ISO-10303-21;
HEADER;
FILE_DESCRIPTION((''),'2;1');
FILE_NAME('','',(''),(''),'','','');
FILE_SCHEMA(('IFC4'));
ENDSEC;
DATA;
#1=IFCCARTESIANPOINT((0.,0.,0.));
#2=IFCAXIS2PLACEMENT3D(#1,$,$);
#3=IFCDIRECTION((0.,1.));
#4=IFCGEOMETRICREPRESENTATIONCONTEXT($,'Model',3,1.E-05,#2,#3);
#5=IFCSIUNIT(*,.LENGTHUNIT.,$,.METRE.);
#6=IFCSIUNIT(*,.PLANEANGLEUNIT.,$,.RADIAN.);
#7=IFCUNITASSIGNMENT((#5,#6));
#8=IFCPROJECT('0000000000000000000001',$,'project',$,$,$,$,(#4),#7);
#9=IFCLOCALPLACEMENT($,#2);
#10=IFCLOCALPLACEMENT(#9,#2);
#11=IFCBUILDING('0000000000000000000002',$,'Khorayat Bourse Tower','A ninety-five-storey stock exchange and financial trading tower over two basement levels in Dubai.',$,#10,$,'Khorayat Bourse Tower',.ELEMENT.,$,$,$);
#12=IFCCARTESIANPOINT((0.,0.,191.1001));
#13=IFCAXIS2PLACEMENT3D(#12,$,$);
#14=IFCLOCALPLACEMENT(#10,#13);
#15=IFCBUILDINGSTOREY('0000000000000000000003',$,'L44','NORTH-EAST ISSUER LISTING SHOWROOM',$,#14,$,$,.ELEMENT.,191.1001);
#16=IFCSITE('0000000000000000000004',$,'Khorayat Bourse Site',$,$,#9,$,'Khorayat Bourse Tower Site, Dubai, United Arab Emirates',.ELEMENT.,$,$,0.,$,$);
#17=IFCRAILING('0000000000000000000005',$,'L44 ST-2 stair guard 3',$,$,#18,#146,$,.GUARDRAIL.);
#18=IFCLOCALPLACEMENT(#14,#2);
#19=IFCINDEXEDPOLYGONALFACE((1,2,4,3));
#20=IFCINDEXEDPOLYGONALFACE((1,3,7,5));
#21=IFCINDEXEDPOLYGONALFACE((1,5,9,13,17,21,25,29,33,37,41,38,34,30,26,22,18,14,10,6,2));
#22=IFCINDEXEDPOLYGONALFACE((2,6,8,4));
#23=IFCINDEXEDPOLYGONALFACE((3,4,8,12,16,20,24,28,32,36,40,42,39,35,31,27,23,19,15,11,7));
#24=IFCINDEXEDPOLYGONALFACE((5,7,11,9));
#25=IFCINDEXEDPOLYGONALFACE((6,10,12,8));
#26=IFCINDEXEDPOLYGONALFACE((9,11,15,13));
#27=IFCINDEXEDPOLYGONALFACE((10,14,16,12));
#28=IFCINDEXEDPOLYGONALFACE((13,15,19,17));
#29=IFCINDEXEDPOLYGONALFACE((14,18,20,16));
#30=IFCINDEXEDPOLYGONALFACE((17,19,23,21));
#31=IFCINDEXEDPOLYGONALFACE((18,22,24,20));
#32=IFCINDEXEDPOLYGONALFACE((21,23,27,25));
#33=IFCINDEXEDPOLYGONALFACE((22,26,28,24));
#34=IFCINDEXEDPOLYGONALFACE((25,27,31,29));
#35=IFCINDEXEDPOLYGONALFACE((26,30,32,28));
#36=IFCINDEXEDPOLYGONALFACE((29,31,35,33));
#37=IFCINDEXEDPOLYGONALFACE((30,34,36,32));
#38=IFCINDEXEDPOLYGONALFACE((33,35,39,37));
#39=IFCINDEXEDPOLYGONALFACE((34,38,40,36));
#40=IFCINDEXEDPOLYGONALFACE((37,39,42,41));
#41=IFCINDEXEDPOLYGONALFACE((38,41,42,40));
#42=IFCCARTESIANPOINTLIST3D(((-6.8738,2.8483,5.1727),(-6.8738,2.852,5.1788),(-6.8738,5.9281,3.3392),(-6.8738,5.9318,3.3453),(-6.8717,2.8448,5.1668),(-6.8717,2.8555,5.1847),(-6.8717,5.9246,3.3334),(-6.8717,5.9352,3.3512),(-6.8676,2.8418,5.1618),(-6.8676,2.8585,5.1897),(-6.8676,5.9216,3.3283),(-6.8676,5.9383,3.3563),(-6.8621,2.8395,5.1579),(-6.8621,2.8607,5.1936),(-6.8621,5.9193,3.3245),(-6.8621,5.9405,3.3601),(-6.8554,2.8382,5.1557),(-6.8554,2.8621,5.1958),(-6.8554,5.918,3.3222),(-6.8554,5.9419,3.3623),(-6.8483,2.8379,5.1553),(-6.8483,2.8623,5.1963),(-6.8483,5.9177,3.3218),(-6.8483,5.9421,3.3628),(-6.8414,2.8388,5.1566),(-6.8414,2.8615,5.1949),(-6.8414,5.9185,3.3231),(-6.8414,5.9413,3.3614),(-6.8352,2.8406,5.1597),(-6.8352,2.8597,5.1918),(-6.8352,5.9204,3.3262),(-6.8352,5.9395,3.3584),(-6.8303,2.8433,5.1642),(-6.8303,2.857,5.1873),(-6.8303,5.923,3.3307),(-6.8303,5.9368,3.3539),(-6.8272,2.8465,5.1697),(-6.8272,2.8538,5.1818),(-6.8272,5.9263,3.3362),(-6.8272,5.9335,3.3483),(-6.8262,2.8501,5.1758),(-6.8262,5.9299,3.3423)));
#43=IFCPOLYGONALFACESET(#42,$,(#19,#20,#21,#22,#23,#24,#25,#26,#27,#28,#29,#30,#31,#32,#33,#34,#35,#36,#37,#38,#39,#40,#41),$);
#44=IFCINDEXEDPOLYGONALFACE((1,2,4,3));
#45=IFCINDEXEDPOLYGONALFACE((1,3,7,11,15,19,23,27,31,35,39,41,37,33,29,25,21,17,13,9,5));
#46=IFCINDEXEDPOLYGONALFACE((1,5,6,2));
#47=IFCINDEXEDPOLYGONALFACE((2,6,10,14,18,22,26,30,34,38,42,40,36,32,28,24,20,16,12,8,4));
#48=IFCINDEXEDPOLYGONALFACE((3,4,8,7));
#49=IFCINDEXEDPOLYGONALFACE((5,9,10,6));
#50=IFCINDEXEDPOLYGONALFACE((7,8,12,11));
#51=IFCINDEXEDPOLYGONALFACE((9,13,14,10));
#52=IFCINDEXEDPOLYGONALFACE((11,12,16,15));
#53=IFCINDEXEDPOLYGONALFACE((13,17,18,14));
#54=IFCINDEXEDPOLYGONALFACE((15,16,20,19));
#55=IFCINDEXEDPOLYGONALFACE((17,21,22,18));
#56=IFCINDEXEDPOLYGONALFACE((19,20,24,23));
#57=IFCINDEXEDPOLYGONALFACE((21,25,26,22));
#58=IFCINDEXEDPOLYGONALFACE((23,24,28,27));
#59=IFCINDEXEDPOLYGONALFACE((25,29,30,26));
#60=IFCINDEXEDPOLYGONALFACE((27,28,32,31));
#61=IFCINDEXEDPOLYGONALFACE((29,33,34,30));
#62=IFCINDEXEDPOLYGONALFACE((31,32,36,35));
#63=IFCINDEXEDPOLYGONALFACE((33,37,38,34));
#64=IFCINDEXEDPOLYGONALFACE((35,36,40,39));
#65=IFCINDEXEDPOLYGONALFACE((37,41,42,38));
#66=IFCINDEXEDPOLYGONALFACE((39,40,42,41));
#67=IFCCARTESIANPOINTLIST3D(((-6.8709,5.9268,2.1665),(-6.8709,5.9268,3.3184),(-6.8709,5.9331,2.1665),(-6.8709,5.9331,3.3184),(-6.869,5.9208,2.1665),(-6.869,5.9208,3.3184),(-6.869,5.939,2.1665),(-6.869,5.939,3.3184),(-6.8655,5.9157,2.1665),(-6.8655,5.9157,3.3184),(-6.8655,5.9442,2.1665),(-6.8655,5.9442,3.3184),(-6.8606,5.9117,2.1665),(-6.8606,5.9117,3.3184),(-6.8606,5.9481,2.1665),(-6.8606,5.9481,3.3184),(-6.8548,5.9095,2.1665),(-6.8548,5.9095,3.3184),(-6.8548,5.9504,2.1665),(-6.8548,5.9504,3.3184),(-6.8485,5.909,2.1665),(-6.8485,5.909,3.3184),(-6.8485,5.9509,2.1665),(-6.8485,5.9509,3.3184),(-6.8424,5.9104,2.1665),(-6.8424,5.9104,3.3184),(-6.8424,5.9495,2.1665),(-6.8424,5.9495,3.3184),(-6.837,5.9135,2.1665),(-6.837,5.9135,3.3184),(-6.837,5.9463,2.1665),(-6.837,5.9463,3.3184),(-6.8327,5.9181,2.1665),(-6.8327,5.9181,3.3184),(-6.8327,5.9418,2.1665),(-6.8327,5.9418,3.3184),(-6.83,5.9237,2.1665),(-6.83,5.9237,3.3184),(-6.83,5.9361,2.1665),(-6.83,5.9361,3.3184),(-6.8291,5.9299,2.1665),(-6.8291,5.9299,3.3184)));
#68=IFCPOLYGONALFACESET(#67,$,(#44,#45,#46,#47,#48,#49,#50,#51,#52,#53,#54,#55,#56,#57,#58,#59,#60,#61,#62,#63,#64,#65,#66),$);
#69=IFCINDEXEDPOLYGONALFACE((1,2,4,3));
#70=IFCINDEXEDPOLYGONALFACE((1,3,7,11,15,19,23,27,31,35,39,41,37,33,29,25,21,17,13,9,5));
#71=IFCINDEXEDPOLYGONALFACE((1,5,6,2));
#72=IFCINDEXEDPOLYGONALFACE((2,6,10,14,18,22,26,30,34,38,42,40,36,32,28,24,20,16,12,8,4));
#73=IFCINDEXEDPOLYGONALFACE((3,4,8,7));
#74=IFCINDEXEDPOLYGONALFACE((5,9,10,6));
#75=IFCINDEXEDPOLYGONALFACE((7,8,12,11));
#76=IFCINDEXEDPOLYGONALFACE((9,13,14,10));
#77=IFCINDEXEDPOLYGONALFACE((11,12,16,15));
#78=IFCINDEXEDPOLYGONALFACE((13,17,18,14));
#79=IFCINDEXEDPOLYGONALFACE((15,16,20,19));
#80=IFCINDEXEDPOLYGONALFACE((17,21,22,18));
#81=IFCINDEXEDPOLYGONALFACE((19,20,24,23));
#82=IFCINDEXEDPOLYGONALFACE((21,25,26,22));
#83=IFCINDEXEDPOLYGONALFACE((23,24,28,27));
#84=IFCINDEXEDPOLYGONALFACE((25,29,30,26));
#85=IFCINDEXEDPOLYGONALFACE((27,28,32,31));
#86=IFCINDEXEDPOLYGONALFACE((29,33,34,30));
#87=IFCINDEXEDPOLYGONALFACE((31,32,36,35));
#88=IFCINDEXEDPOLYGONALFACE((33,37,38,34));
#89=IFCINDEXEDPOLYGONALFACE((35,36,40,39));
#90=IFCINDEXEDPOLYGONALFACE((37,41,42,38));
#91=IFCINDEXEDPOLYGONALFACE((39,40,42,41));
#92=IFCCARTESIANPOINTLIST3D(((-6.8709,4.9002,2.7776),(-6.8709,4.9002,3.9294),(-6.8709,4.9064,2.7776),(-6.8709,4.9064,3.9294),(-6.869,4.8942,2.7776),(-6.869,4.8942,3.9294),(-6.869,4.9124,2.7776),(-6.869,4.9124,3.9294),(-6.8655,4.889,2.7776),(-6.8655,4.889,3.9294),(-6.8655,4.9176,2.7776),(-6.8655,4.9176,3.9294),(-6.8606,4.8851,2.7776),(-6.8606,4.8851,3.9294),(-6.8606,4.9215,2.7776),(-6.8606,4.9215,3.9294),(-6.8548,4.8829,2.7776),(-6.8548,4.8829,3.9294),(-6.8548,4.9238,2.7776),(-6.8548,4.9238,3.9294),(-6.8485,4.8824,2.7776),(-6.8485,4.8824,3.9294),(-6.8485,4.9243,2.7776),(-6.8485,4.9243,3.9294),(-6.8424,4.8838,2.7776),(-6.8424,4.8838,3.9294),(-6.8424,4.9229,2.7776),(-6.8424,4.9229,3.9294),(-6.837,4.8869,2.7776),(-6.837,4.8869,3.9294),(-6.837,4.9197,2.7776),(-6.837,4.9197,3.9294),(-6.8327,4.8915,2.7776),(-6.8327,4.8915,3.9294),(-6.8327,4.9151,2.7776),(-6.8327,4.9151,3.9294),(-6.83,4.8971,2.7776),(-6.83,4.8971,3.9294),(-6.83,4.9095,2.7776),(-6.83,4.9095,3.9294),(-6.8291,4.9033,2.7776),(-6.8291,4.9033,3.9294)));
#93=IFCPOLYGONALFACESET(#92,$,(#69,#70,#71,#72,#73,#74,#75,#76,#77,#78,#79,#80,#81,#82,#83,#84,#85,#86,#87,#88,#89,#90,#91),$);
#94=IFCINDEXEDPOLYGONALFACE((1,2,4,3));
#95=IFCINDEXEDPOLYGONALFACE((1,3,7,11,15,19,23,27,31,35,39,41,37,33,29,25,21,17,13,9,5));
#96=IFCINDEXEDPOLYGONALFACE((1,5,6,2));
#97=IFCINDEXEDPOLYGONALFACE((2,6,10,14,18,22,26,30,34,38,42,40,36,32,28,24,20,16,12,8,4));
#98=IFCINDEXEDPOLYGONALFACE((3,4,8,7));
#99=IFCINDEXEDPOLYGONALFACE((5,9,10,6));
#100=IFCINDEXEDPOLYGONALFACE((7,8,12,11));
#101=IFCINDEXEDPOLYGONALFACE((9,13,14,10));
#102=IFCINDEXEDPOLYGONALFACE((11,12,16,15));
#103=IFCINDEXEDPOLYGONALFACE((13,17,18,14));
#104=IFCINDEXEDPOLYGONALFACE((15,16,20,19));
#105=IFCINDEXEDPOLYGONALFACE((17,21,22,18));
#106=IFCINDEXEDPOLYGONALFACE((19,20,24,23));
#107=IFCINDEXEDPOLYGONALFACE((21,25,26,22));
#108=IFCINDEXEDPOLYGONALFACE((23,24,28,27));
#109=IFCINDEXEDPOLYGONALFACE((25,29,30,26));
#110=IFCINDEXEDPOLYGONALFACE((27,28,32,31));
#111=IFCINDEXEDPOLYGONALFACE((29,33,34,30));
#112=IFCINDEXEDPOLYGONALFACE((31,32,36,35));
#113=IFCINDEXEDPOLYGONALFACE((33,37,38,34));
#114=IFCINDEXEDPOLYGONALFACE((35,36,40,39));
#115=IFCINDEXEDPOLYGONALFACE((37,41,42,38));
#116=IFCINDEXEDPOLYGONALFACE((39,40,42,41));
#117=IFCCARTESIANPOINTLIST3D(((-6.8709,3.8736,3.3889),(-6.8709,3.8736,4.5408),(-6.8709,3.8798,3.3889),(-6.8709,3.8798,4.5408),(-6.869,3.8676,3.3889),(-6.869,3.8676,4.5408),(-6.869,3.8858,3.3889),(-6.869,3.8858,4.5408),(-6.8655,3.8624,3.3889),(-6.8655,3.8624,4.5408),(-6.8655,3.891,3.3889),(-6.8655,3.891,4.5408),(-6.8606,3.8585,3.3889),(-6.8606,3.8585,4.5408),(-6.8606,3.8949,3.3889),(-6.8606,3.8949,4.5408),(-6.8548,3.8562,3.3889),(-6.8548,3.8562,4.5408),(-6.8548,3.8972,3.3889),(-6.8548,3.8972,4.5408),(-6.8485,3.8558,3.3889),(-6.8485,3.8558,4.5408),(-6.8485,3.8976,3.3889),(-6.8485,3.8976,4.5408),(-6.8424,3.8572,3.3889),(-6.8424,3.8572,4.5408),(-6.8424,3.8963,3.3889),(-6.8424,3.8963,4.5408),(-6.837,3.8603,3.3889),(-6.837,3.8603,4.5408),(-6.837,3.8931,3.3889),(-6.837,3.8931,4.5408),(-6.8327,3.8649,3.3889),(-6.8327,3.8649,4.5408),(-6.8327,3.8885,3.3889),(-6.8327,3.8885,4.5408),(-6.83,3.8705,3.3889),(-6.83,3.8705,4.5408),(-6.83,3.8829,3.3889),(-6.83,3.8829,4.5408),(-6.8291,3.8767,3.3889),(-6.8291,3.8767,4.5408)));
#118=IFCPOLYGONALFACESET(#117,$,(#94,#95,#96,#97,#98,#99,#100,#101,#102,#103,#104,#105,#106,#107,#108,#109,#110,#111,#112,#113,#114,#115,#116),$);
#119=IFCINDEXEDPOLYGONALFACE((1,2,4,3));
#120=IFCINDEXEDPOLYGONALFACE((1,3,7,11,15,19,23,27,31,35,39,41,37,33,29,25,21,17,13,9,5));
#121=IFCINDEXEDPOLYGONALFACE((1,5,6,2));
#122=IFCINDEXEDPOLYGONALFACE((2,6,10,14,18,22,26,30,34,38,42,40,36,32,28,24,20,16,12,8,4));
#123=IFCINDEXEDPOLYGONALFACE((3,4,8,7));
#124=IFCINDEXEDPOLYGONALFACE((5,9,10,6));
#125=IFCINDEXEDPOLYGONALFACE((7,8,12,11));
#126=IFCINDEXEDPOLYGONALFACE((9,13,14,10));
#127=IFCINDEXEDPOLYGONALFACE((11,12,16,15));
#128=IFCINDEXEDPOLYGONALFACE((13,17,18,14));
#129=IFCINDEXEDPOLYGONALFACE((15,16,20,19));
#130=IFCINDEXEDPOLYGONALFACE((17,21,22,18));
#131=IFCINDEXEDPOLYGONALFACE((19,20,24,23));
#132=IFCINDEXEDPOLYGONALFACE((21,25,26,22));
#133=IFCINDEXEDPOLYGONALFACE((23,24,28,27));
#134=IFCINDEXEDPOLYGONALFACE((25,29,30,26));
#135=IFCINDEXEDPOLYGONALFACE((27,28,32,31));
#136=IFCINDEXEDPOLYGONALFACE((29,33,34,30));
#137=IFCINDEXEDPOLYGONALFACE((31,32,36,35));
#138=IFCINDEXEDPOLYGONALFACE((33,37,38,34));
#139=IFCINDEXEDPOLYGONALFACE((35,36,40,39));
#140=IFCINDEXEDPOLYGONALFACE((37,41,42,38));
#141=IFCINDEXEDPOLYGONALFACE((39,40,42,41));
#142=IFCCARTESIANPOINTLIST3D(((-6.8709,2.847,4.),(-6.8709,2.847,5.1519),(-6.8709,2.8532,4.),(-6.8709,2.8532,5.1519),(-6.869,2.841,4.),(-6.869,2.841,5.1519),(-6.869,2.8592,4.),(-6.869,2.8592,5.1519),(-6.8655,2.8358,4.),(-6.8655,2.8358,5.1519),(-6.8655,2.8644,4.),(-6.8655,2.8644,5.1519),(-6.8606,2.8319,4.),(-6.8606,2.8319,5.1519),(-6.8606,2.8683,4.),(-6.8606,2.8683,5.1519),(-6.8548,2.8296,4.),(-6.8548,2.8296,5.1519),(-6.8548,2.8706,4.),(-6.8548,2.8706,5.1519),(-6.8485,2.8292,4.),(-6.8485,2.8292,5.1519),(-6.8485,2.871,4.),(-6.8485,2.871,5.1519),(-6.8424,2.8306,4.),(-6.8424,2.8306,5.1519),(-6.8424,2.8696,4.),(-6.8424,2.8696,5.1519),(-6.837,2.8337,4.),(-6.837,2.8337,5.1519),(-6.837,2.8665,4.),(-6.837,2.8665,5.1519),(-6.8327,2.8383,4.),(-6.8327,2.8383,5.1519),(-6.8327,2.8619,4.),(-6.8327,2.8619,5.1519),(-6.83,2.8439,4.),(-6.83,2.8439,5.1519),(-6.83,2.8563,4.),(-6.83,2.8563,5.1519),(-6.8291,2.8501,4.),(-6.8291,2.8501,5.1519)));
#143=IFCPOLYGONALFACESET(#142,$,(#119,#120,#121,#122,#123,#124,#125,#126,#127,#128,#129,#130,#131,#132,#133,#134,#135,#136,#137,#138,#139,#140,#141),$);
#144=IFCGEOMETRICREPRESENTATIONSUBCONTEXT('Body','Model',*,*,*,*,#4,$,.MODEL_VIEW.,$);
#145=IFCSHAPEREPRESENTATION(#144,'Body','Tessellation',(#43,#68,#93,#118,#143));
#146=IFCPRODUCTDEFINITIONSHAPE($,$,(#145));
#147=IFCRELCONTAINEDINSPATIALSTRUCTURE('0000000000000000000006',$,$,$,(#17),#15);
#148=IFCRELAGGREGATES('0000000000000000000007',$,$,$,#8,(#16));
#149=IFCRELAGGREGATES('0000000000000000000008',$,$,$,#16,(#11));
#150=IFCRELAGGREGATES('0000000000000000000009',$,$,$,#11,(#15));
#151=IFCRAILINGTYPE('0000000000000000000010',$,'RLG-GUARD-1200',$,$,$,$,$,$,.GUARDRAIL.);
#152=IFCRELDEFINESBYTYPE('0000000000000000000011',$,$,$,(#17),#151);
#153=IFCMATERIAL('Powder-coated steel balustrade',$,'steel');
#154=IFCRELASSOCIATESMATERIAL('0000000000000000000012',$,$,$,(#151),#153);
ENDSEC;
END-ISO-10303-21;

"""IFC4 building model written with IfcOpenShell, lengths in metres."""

from ifc_helpers import new_model, si_unit, direction, frame, origin, origin_2d, place, context, subcontext, project, spatial, circle, extrude, source, transform, mapped, material, type_object, element, save


model = new_model("IFC4")

# Units and contexts
model_context = context("Model", 3, precision=1e-05, world=origin(), true_north=direction((0.0, 1.0)))
body_context = subcontext(model_context, "Body", "Model", "MODEL_VIEW")
ifc_project = project(units=[si_unit("LENGTHUNIT", "METRE"), si_unit("PLANEANGLEUNIT", "RADIAN")], contexts=[model_context])

# Site, building, storey
site_placement = place(None, origin())
site = spatial("IfcSite", under=ifc_project, at=site_placement, Name="Khorayat Bourse Site", LongName="Khorayat Bourse Tower Site, Dubai, United Arab Emirates", CompositionType="ELEMENT", RefElevation=0.0)
building_placement = place(site_placement, origin())
building = spatial("IfcBuilding", under=site, at=building_placement, Name="Khorayat Bourse Tower", Description="A ninety-five-storey stock exchange and financial trading tower over two basement levels in Dubai.", LongName="Khorayat Bourse Tower", CompositionType="ELEMENT")
storey_placement = place(building_placement, frame((0.0, 0.0, 191.1001)))
storey = spatial("IfcBuildingStorey", under=building, at=storey_placement, Name="L44", Description="NORTH-EAST ISSUER LISTING SHOWROOM", CompositionType="ELEMENT", Elevation=191.1001)

# Railing
ifc_material_1 = material(Name="Powder-coated steel balustrade", Category="steel")
railing_type_1 = type_object("IfcRailingType", Name="RLG-GUARD-1200", PredefinedType="GUARDRAIL", material=ifc_material_1)
shared_shape_1 = source(origin(), body_context, "Body", "SweptSolid", [
    extrude(circle(Radius=0.0239, at=origin_2d()), frame((0.0, 0.0, 1.1758), z_axis=(0.0, -0.859261, 0.511538), x_axis=(1.0, 0.0, 0.0)), (0.0, 0.0, 1.0), 3.5842),
    extrude(circle(Radius=0.021, at=origin_2d()), origin(), (0.0, 0.0, 1.0), 1.1519),
    extrude(circle(Radius=0.021, at=origin_2d()), frame((0.0, -1.0266, 0.6111)), (0.0, 0.0, 1.0), 1.1519),
    extrude(circle(Radius=0.021, at=origin_2d()), frame((0.0, -2.0532, 1.2224)), (0.0, 0.0, 1.0), 1.1519),
    extrude(circle(Radius=0.021, at=origin_2d()), frame((0.0, -3.0798, 1.8335)), (0.0, 0.0, 1.0), 1.1519),
])
railing_1_placement = place(storey_placement, frame((-6.8501, 5.9299, 2.1665)))
element("IfcRailing", 1, at=railing_1_placement, inside=storey, type_object=railing_type_1, Name="L44 ST-2 stair guard 3", PredefinedType="GUARDRAIL", context=body_context, shape_type="MappedRepresentation", body=[
    mapped(shared_shape_1, transform((0.0, 0.0, 0.0), scale=1.0)),
])

save(model, "model.ifc")
